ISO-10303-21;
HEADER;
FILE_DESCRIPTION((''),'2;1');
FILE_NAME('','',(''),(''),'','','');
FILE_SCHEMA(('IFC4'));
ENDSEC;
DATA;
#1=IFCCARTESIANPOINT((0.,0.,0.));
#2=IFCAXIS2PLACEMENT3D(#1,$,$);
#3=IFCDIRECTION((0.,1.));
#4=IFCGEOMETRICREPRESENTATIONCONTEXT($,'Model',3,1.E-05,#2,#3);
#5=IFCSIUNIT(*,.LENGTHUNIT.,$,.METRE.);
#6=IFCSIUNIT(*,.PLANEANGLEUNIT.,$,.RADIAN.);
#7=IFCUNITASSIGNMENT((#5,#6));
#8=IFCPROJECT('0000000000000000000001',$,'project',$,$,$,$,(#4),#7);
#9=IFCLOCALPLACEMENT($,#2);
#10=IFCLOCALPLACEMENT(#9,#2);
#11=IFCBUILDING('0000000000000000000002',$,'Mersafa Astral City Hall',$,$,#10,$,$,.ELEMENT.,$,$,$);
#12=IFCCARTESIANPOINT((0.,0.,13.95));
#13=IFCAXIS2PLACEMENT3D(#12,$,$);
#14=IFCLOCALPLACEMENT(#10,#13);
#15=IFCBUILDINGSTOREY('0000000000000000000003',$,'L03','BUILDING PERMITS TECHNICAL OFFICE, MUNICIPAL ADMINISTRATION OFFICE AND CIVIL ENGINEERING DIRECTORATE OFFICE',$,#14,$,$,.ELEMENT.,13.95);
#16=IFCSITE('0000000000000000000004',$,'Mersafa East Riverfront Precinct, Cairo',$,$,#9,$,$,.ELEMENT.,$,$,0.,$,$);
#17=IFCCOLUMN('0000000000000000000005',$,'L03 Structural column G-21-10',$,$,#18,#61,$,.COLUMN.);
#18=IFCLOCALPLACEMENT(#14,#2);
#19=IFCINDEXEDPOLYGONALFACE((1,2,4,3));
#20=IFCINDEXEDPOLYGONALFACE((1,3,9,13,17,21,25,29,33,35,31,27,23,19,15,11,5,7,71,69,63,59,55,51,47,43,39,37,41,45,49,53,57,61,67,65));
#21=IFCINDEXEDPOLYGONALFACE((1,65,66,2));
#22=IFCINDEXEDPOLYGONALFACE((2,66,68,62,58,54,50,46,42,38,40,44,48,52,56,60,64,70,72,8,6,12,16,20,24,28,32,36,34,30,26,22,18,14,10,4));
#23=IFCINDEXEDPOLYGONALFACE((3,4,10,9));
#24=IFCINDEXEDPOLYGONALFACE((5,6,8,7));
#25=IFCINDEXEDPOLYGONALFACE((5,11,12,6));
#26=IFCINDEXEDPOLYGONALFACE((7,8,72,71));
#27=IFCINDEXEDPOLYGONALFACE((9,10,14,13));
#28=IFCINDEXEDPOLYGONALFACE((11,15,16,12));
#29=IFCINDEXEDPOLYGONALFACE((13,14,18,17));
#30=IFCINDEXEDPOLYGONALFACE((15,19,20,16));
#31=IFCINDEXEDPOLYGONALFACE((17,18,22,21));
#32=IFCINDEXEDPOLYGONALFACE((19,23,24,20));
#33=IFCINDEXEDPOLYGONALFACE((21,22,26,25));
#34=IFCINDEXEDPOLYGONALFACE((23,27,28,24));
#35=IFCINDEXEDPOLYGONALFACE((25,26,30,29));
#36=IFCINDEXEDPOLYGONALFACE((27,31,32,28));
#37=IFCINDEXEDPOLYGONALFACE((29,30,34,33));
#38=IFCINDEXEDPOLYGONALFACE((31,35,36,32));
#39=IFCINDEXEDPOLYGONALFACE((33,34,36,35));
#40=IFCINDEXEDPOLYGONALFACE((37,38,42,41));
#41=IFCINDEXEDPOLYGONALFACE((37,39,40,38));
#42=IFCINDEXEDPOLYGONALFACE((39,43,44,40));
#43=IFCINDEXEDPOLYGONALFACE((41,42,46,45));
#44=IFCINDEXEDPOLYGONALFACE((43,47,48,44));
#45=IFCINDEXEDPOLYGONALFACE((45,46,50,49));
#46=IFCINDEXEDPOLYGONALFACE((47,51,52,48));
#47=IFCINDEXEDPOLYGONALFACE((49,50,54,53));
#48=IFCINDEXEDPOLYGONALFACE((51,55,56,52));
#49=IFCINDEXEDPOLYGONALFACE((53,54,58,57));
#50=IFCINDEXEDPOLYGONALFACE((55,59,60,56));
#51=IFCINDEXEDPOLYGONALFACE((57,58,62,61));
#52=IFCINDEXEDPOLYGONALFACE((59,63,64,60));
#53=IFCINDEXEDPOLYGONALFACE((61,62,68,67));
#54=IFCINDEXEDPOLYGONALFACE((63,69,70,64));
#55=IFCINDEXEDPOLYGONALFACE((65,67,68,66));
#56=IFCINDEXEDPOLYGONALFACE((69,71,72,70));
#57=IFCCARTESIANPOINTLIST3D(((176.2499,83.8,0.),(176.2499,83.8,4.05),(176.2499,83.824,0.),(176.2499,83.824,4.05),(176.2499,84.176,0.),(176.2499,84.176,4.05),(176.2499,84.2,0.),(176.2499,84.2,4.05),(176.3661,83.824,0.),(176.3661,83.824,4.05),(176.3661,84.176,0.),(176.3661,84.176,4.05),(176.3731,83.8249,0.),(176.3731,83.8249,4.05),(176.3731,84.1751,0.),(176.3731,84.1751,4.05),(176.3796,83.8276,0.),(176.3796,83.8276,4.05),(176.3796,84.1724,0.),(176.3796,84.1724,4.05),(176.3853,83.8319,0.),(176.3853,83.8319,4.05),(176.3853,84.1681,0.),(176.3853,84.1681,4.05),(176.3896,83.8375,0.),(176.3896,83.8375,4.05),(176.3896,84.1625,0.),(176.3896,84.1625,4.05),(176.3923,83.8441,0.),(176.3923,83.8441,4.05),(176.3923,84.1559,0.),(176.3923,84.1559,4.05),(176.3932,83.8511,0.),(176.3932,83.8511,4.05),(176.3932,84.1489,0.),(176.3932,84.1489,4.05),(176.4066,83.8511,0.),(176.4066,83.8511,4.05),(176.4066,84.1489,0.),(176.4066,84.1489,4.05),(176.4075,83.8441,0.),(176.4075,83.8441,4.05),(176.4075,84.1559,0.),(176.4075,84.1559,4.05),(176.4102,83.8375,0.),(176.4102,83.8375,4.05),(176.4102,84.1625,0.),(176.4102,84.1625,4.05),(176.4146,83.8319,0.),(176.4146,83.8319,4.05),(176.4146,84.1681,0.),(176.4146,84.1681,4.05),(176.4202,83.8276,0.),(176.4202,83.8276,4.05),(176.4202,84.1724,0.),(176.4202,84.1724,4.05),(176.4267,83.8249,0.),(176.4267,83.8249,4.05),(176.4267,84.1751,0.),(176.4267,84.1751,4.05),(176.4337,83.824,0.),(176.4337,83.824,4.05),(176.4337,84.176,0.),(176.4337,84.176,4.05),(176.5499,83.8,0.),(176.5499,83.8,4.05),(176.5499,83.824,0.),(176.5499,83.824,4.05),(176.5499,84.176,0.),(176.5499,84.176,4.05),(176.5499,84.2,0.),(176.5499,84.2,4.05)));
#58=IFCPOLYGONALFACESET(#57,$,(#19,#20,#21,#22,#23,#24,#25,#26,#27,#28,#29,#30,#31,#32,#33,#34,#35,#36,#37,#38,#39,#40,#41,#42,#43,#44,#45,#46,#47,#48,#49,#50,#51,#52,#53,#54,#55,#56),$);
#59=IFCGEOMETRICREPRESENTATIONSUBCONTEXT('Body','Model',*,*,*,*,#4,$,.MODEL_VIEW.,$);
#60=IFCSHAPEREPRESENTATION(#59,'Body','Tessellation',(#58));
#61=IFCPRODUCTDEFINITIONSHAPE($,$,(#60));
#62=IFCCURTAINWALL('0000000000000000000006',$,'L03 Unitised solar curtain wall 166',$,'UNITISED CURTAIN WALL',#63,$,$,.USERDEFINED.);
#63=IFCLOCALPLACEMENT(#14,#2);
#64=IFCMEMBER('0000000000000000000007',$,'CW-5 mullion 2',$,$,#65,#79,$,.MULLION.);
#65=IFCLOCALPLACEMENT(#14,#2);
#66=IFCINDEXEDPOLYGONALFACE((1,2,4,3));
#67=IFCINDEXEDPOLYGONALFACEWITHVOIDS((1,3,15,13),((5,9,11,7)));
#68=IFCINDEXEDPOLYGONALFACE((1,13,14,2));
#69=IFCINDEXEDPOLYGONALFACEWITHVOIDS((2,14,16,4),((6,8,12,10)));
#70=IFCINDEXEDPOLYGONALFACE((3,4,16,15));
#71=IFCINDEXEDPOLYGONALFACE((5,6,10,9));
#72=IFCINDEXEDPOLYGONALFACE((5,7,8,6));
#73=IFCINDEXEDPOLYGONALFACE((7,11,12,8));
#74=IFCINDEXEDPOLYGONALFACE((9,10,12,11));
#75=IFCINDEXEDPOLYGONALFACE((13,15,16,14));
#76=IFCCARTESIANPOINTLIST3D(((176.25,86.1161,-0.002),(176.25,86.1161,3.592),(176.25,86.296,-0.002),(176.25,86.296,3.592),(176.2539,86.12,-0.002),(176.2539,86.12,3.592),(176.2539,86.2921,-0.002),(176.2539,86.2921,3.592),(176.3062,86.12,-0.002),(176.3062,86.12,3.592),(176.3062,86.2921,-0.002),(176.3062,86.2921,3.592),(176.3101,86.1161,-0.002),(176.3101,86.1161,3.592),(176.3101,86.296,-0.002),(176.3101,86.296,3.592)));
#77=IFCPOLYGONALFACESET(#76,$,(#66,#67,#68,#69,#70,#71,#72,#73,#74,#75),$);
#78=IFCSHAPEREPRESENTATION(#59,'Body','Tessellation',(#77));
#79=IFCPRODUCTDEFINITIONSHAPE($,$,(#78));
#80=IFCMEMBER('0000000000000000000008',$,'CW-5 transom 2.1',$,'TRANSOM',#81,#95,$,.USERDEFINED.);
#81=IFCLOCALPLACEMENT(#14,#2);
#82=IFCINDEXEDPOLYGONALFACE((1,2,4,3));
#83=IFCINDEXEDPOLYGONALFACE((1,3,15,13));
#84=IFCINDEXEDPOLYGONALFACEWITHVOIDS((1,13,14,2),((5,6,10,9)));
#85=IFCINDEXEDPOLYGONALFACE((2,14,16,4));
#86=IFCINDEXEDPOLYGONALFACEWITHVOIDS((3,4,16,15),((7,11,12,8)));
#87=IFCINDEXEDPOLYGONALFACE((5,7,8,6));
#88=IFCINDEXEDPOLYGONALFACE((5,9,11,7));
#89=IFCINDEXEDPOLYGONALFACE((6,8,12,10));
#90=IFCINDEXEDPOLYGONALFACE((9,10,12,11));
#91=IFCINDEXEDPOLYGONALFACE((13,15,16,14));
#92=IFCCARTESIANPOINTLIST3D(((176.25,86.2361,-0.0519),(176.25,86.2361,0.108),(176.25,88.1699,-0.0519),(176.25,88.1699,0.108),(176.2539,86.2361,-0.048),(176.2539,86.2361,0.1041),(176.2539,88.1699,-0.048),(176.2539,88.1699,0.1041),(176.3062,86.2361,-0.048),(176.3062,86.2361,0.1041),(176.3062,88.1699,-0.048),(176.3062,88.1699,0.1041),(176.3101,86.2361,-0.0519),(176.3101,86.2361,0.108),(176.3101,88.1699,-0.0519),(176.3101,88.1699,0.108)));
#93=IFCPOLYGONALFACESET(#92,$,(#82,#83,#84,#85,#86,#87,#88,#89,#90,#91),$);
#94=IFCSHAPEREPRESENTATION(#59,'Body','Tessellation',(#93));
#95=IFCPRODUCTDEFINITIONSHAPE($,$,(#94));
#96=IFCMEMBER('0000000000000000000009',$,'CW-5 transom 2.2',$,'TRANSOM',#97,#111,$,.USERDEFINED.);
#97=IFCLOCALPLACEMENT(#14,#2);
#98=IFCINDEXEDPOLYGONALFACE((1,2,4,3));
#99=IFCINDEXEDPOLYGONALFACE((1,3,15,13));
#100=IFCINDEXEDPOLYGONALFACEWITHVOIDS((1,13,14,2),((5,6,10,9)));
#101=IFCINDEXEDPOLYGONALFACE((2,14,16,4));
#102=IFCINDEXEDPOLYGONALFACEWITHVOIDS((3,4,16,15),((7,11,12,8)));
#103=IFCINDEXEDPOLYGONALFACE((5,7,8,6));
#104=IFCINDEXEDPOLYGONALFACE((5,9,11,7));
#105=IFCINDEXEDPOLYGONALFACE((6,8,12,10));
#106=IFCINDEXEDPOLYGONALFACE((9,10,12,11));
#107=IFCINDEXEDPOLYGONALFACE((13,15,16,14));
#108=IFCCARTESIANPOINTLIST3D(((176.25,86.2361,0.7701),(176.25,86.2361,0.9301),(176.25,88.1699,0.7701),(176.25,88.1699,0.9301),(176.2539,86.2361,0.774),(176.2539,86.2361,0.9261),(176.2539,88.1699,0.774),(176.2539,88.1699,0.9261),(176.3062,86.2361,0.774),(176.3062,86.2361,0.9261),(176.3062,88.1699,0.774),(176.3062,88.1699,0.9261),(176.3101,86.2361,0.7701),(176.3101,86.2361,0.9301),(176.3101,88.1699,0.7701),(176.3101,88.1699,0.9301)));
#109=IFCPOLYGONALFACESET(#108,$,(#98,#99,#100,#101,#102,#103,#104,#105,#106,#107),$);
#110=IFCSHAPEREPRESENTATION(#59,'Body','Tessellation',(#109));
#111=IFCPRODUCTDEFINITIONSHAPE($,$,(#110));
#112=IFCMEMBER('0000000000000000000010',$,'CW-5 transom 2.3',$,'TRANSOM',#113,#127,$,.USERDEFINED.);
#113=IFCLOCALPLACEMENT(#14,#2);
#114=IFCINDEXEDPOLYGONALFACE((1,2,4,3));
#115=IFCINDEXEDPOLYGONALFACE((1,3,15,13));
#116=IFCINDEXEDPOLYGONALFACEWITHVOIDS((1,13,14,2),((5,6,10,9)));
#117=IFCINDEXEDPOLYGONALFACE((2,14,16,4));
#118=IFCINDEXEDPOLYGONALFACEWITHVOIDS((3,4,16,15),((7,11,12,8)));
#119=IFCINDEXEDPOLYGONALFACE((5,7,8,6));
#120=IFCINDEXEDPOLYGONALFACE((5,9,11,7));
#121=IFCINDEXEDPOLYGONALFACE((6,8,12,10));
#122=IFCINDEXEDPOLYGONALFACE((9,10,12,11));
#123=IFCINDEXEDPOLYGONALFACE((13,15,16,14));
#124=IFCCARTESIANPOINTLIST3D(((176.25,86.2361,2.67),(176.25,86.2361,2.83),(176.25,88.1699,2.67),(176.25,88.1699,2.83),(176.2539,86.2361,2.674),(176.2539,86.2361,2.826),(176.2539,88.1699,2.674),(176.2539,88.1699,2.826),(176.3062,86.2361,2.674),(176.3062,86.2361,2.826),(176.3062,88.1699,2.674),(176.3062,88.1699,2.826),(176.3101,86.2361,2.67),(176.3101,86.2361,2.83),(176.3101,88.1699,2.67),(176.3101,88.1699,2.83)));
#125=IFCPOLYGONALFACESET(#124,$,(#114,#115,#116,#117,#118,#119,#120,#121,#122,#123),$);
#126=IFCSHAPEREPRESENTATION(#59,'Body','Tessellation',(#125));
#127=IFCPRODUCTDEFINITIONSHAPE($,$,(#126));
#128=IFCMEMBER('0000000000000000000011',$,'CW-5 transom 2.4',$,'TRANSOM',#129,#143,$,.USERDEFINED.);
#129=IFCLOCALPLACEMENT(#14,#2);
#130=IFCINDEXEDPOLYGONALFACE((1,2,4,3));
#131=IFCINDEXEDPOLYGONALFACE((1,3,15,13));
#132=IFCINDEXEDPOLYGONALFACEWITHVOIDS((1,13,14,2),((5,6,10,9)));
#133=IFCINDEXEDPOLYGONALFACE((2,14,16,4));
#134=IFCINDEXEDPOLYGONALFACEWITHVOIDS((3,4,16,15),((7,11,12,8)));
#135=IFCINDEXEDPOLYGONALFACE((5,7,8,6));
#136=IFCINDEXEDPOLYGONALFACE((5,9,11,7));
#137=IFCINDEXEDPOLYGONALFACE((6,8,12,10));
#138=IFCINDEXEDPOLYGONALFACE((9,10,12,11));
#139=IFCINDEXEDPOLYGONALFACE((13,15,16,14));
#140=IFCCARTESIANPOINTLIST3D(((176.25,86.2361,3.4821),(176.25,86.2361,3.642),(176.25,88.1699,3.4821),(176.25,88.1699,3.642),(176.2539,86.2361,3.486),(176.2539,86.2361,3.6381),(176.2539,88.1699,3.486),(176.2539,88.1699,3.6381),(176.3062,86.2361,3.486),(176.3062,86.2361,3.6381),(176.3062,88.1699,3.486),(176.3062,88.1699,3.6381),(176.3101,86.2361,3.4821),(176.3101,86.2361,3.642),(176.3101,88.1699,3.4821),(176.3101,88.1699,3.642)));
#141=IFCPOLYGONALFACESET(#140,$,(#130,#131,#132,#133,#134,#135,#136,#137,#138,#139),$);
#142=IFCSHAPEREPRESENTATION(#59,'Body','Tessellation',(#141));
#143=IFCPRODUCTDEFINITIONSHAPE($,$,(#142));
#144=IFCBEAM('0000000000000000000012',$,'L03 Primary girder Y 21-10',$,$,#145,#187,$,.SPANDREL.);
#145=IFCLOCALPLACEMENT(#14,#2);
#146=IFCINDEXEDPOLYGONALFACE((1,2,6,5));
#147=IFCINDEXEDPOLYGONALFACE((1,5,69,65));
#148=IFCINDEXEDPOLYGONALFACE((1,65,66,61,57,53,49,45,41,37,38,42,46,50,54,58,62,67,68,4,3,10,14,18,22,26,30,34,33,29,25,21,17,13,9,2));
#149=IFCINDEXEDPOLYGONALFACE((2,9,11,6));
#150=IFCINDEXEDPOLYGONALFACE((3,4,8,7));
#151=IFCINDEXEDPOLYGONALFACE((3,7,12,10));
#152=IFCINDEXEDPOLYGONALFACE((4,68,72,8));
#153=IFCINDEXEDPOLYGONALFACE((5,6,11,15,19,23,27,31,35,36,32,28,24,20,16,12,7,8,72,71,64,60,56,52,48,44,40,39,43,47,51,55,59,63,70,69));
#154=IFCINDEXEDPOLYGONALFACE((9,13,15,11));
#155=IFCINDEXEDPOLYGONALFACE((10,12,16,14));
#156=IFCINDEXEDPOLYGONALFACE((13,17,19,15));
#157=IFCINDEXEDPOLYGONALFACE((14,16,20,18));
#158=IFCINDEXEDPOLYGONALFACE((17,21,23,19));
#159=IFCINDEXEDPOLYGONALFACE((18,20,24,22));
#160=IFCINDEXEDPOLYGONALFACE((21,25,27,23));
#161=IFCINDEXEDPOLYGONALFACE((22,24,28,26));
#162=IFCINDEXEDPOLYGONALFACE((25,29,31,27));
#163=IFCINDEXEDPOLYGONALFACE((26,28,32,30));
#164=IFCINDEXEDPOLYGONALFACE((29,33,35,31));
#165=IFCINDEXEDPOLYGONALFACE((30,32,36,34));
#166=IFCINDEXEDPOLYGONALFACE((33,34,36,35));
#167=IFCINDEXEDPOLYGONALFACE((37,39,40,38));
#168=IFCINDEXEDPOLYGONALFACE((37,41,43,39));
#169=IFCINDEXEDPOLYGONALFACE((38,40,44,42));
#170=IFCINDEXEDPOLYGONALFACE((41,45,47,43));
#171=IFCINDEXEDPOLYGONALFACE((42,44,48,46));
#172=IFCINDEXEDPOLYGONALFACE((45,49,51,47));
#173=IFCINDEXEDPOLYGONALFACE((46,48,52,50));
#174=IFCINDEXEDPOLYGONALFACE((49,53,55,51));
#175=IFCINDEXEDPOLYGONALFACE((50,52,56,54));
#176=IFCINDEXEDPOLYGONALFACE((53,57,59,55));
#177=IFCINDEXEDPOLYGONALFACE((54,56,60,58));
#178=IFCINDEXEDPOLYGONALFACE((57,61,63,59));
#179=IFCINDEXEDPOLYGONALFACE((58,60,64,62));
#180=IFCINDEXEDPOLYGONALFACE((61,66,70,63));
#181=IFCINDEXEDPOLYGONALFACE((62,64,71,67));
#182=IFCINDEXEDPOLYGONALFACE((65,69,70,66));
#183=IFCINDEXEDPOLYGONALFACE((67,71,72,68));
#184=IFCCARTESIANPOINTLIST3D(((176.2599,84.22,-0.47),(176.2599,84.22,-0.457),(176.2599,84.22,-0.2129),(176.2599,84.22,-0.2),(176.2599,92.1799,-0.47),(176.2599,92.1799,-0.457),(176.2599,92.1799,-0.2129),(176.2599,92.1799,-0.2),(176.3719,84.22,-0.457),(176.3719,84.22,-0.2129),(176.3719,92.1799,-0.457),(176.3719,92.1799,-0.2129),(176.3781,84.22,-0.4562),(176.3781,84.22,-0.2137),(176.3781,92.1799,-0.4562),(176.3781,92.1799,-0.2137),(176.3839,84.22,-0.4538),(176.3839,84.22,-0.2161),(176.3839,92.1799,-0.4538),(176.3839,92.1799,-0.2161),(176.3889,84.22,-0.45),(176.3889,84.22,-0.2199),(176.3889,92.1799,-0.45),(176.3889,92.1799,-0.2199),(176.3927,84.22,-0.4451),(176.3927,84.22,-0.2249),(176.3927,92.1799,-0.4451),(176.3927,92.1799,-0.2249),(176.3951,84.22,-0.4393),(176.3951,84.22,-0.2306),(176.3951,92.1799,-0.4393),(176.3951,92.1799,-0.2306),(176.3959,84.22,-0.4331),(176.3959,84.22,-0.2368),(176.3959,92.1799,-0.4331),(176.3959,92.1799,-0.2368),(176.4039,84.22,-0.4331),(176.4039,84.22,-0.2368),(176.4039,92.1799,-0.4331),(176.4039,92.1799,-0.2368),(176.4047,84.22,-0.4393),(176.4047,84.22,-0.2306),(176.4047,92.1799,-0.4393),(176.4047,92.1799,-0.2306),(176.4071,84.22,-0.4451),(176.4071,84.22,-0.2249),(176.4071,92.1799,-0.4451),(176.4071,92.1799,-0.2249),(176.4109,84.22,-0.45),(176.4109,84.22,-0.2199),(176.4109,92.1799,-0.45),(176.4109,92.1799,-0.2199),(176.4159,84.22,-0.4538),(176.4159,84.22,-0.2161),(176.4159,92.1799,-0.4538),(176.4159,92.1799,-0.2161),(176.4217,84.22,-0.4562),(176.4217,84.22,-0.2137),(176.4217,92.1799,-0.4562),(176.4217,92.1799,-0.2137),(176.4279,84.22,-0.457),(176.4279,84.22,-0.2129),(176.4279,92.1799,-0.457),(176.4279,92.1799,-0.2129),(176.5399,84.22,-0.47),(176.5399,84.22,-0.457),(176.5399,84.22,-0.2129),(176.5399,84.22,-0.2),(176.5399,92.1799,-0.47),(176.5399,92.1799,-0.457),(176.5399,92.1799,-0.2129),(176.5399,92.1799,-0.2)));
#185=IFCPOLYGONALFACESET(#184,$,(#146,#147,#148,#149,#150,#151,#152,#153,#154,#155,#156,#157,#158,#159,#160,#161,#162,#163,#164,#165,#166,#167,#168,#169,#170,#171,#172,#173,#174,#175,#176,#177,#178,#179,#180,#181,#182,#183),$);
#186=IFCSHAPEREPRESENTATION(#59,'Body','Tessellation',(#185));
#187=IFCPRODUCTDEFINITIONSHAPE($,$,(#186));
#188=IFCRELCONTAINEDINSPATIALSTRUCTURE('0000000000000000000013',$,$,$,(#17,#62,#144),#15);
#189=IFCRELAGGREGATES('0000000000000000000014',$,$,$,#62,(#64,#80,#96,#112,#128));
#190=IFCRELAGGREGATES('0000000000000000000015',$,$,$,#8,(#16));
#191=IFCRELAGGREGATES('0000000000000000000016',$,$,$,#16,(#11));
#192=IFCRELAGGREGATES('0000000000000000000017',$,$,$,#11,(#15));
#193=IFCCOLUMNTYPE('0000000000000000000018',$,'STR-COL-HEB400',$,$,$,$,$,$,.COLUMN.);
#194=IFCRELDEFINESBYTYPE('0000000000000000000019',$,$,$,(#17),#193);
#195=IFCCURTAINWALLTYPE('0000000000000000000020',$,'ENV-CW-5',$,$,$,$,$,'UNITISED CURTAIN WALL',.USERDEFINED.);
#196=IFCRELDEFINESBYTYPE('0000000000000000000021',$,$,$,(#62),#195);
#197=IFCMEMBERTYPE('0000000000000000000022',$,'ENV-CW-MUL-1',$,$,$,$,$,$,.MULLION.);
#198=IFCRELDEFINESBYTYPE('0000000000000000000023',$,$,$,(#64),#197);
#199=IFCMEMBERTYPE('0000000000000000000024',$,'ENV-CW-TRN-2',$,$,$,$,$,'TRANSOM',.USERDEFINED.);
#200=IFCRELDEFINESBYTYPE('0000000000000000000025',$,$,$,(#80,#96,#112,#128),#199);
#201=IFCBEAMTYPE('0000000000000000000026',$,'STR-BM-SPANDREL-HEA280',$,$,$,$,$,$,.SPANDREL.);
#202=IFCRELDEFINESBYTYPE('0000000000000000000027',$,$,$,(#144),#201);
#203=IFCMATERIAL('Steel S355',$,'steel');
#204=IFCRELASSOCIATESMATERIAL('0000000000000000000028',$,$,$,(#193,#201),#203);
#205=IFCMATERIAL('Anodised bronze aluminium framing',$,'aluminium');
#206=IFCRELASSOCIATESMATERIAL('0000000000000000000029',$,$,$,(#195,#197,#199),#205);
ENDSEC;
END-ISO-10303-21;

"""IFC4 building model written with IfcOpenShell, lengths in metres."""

from ifc_helpers import new_model, si_unit, direction, frame, origin, origin_2d, place, context, subcontext, project, spatial, hollow_rectangle, i_section, extrude, material, material_profile, profile_set, type_object, element, aggregate, save


model = new_model("IFC4")

# Units and contexts
model_context = context("Model", 3, precision=1e-05, world=origin(), true_north=direction((0.0, 1.0)))
body_context = subcontext(model_context, "Body", "Model", "MODEL_VIEW")
ifc_project = project(units=[si_unit("LENGTHUNIT", "METRE"), si_unit("PLANEANGLEUNIT", "RADIAN")], contexts=[model_context])

# Site, building, storey
site_placement = place(None, origin())
site = spatial("IfcSite", under=ifc_project, at=site_placement, Name="Mersafa East Riverfront Precinct, Cairo", CompositionType="ELEMENT", RefElevation=0.0)
building_placement = place(site_placement, origin())
building = spatial("IfcBuilding", under=site, at=building_placement, Name="Mersafa Astral City Hall", CompositionType="ELEMENT")
storey_placement = place(building_placement, frame((0.0, 0.0, 13.95)))
storey = spatial("IfcBuildingStorey", under=building, at=storey_placement, Name="L03", Description="BUILDING PERMITS TECHNICAL OFFICE, MUNICIPAL ADMINISTRATION OFFICE AND CIVIL ENGINEERING DIRECTORATE OFFICE", CompositionType="ELEMENT", Elevation=13.95)

# Column
ifc_material_1 = material(Name="Steel S355", Category="steel")
ifc_material_profile_1 = material_profile(ifc_material_1, i_section(OverallWidth=0.3, OverallDepth=0.3999, WebThickness=0.0134, FlangeThickness=0.0239, FilletRadius=0.0271, at=origin_2d()), Name="HEB 400")
ifc_profile_set_1 = profile_set([ifc_material_profile_1], Name="Steel S355")
column_type = type_object("IfcColumnType", Name="STR-COL-HEB400", PredefinedType="COLUMN", material=ifc_profile_set_1)
column_placement = place(storey_placement, frame((176.3999, 84.0, 0.0), z_axis=(0.0, 0.0, 1.0), x_axis=(1.0, 0.0, 0.0)))
element("IfcColumn", 1, at=column_placement, inside=storey, type_object=column_type, Name="L03 Structural column G-21-10", PredefinedType="COLUMN", context=body_context, shape_type="SweptSolid", body=[
    extrude(i_section(OverallWidth=0.3, OverallDepth=0.3999, WebThickness=0.0134, FlangeThickness=0.0239, FilletRadius=0.0271, at=origin_2d()), origin(), (0.0, 0.0, 1.0), 4.05),
])

# Curtain wall, members
ifc_material_2 = material(Name="Anodised bronze aluminium framing", Category="aluminium")
curtain_wall_type = type_object("IfcCurtainWallType", Name="ENV-CW-5", ElementType="UNITISED CURTAIN WALL", PredefinedType="USERDEFINED", material=ifc_material_2)
curtain_wall_placement = place(storey_placement, origin())
curtain_wall = element("IfcCurtainWall", 2, at=curtain_wall_placement, inside=storey, type_object=curtain_wall_type, Name="L03 Unitised solar curtain wall 166", ObjectType="UNITISED CURTAIN WALL", PredefinedType="USERDEFINED")
ifc_material_profile_2 = material_profile(ifc_material_2, hollow_rectangle(XDim=0.0601, YDim=0.1799, WallThickness=0.0039, at=origin_2d()), Name="RHS 60x180x4")
ifc_profile_set_2 = profile_set([ifc_material_profile_2], Name="Anodised bronze aluminium framing")
member_type_1 = type_object("IfcMemberType", Name="ENV-CW-MUL-1", PredefinedType="MULLION", material=ifc_profile_set_2)
member_1_placement = place(storey_placement, frame((176.28, 86.2061, -0.002), z_axis=(0.0, 0.0, 1.0), x_axis=(-1.0, 0.0, 0.0)))
member_1 = element("IfcMember", 3, at=member_1_placement, type_object=member_type_1, Name="CW-5 mullion 2", PredefinedType="MULLION", context=body_context, shape_type="SweptSolid", body=[
    extrude(hollow_rectangle(XDim=0.0601, YDim=0.1799, WallThickness=0.0039, at=origin_2d()), origin(), (0.0, 0.0, 1.0), 3.594),
])
ifc_material_profile_3 = material_profile(ifc_material_2, hollow_rectangle(XDim=0.0601, YDim=0.1599, WallThickness=0.0039, at=origin_2d()), Name="RHS 60x160x4")
ifc_profile_set_3 = profile_set([ifc_material_profile_3], Name="Anodised bronze aluminium framing")
member_type_2 = type_object("IfcMemberType", Name="ENV-CW-TRN-2", ElementType="TRANSOM", PredefinedType="USERDEFINED", material=ifc_profile_set_3)
member_2_placement = place(storey_placement, frame((176.28, 86.2361, 0.0281), z_axis=(0.0, 1.0, 0.0), x_axis=(-1.0, 0.0, 0.0)))
member_2 = element("IfcMember", 4, at=member_2_placement, type_object=member_type_2, Name="CW-5 transom 2.1", ObjectType="TRANSOM", PredefinedType="USERDEFINED", context=body_context, shape_type="SweptSolid", body=[
    extrude(hollow_rectangle(XDim=0.0601, YDim=0.1599, WallThickness=0.0039, at=origin_2d()), origin(), (0.0, 0.0, 1.0), 1.9338),
])
member_3_placement = place(storey_placement, frame((176.28, 86.2361, 0.8501), z_axis=(0.0, 1.0, 0.0), x_axis=(-1.0, 0.0, 0.0)))
member_3 = element("IfcMember", 5, at=member_3_placement, type_object=member_type_2, Name="CW-5 transom 2.2", ObjectType="TRANSOM", PredefinedType="USERDEFINED", context=body_context, shape_type="SweptSolid", body=[
    extrude(hollow_rectangle(XDim=0.0601, YDim=0.1599, WallThickness=0.0039, at=origin_2d()), origin(), (0.0, 0.0, 1.0), 1.9338),
])
member_4_placement = place(storey_placement, frame((176.28, 86.2361, 2.75), z_axis=(0.0, 1.0, 0.0), x_axis=(-1.0, 0.0, 0.0)))
member_4 = element("IfcMember", 6, at=member_4_placement, type_object=member_type_2, Name="CW-5 transom 2.3", ObjectType="TRANSOM", PredefinedType="USERDEFINED", context=body_context, shape_type="SweptSolid", body=[
    extrude(hollow_rectangle(XDim=0.0601, YDim=0.1599, WallThickness=0.0039, at=origin_2d()), origin(), (0.0, 0.0, 1.0), 1.9338),
])
member_5_placement = place(storey_placement, frame((176.28, 86.2361, 3.562), z_axis=(0.0, 1.0, 0.0), x_axis=(-1.0, 0.0, 0.0)))
member_5 = element("IfcMember", 7, at=member_5_placement, type_object=member_type_2, Name="CW-5 transom 2.4", ObjectType="TRANSOM", PredefinedType="USERDEFINED", context=body_context, shape_type="SweptSolid", body=[
    extrude(hollow_rectangle(XDim=0.0601, YDim=0.1599, WallThickness=0.0039, at=origin_2d()), origin(), (0.0, 0.0, 1.0), 1.9338),
])

# Beam
ifc_material_profile_4 = material_profile(ifc_material_1, i_section(OverallWidth=0.28, OverallDepth=0.27, WebThickness=0.0081, FlangeThickness=0.0129, FilletRadius=0.0239, at=origin_2d()), Name="HEA 280")
ifc_profile_set_4 = profile_set([ifc_material_profile_4], Name="Steel S355")
beam_type = type_object("IfcBeamType", Name="STR-BM-SPANDREL-HEA280", PredefinedType="SPANDREL", material=ifc_profile_set_4)
beam_placement = place(storey_placement, frame((176.3999, 84.22, -0.335), z_axis=(0.0, 1.0, 0.0), x_axis=(-1.0, 0.0, 0.0)))
element("IfcBeam", 8, at=beam_placement, inside=storey, type_object=beam_type, Name="L03 Primary girder Y 21-10", PredefinedType="SPANDREL", context=body_context, shape_type="SweptSolid", body=[
    extrude(i_section(OverallWidth=0.28, OverallDepth=0.27, WebThickness=0.0081, FlangeThickness=0.0129, FilletRadius=0.0239, at=origin_2d()), origin(), (0.0, 0.0, 1.0), 7.96),
])

aggregate(curtain_wall, [member_1, member_2, member_3, member_4, member_5])

save(model, "model.ifc")
